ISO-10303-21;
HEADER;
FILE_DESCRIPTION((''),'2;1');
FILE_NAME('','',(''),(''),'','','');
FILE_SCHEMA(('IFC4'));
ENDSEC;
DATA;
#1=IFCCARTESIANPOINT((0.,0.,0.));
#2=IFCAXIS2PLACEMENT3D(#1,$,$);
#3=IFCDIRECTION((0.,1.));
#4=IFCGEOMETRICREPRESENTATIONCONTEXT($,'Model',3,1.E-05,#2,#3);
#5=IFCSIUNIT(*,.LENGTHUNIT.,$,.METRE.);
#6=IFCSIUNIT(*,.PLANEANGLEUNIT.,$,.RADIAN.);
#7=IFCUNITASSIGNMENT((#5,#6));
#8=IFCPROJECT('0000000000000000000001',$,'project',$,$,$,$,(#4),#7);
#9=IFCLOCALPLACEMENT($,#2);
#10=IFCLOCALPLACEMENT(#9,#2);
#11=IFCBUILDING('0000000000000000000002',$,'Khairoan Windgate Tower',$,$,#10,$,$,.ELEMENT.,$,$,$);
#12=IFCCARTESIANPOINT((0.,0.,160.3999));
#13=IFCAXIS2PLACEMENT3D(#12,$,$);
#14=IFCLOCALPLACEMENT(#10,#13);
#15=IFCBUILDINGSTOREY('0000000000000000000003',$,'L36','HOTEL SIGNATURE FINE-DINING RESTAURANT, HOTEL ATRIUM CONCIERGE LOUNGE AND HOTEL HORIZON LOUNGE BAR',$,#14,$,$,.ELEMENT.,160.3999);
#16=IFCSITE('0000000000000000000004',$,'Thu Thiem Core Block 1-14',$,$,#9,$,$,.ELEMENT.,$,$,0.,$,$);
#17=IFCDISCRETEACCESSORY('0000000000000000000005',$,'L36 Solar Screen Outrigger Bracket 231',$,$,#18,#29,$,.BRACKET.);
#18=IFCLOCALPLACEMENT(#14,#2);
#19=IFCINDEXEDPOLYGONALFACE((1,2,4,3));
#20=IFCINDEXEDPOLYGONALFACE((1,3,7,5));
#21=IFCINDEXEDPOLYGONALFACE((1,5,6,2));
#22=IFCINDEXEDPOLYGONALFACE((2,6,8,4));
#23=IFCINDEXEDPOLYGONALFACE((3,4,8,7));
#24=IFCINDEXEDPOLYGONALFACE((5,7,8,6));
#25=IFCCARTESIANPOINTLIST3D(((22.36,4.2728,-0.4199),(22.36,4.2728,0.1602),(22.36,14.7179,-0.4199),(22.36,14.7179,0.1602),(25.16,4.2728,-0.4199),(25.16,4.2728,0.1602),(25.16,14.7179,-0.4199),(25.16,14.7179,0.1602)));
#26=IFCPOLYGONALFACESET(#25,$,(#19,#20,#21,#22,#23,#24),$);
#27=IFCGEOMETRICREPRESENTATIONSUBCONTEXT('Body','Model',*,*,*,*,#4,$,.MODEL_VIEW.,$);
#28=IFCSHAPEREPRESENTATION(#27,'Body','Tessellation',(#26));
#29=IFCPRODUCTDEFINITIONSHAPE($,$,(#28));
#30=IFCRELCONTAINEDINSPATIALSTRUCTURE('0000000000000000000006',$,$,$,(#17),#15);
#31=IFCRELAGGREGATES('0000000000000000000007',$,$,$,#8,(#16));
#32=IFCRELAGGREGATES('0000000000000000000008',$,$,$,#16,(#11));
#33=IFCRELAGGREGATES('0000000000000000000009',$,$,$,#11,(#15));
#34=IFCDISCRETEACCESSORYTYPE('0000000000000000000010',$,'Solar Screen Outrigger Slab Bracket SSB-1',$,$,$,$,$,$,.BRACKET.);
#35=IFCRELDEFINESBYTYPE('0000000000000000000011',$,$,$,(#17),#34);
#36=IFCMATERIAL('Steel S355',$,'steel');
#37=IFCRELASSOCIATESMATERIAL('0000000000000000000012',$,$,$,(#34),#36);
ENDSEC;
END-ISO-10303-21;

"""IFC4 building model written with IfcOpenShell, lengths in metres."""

from ifc_helpers import new_model, si_unit, direction, frame, origin, origin_2d, place, context, subcontext, project, spatial, rectangle, extrude, material, type_object, element, save


model = new_model("IFC4")

# Units and contexts
model_context = context("Model", 3, precision=1e-05, world=origin(), true_north=direction((0.0, 1.0)))
body_context = subcontext(model_context, "Body", "Model", "MODEL_VIEW")
ifc_project = project(units=[si_unit("LENGTHUNIT", "METRE"), si_unit("PLANEANGLEUNIT", "RADIAN")], contexts=[model_context])

# Site, building, storey
site_placement = place(None, origin())
site = spatial("IfcSite", under=ifc_project, at=site_placement, Name="Thu Thiem Core Block 1-14", CompositionType="ELEMENT", RefElevation=0.0)
building_placement = place(site_placement, origin())
building = spatial("IfcBuilding", under=site, at=building_placement, Name="Khairoan Windgate Tower", CompositionType="ELEMENT")
storey_placement = place(building_placement, frame((0.0, 0.0, 160.3999)))
storey = spatial("IfcBuildingStorey", under=building, at=storey_placement, Name="L36", Description="HOTEL SIGNATURE FINE-DINING RESTAURANT, HOTEL ATRIUM CONCIERGE LOUNGE AND HOTEL HORIZON LOUNGE BAR", CompositionType="ELEMENT", Elevation=160.3999)

# Discrete accessory
ifc_material_1 = material(Name="Steel S355", Category="steel")
discrete_accessory_type = type_object("IfcDiscreteAccessoryType", Name="Solar Screen Outrigger Slab Bracket SSB-1", PredefinedType="BRACKET", material=ifc_material_1)
discrete_accessory_placement = place(storey_placement, frame((23.76, 9.4954, -0.4199), z_axis=(0.0, 0.0, 1.0), x_axis=(0.0, -1.0, 0.0)))
element("IfcDiscreteAccessory", 1, at=discrete_accessory_placement, inside=storey, type_object=discrete_accessory_type, Name="L36 Solar Screen Outrigger Bracket 231", PredefinedType="BRACKET", context=body_context, shape_type="SweptSolid", body=[
    extrude(rectangle(XDim=10.4451, YDim=2.8, at=origin_2d()), origin(), (0.0, 0.0, 1.0), 0.5801),
])

save(model, "model.ifc")
